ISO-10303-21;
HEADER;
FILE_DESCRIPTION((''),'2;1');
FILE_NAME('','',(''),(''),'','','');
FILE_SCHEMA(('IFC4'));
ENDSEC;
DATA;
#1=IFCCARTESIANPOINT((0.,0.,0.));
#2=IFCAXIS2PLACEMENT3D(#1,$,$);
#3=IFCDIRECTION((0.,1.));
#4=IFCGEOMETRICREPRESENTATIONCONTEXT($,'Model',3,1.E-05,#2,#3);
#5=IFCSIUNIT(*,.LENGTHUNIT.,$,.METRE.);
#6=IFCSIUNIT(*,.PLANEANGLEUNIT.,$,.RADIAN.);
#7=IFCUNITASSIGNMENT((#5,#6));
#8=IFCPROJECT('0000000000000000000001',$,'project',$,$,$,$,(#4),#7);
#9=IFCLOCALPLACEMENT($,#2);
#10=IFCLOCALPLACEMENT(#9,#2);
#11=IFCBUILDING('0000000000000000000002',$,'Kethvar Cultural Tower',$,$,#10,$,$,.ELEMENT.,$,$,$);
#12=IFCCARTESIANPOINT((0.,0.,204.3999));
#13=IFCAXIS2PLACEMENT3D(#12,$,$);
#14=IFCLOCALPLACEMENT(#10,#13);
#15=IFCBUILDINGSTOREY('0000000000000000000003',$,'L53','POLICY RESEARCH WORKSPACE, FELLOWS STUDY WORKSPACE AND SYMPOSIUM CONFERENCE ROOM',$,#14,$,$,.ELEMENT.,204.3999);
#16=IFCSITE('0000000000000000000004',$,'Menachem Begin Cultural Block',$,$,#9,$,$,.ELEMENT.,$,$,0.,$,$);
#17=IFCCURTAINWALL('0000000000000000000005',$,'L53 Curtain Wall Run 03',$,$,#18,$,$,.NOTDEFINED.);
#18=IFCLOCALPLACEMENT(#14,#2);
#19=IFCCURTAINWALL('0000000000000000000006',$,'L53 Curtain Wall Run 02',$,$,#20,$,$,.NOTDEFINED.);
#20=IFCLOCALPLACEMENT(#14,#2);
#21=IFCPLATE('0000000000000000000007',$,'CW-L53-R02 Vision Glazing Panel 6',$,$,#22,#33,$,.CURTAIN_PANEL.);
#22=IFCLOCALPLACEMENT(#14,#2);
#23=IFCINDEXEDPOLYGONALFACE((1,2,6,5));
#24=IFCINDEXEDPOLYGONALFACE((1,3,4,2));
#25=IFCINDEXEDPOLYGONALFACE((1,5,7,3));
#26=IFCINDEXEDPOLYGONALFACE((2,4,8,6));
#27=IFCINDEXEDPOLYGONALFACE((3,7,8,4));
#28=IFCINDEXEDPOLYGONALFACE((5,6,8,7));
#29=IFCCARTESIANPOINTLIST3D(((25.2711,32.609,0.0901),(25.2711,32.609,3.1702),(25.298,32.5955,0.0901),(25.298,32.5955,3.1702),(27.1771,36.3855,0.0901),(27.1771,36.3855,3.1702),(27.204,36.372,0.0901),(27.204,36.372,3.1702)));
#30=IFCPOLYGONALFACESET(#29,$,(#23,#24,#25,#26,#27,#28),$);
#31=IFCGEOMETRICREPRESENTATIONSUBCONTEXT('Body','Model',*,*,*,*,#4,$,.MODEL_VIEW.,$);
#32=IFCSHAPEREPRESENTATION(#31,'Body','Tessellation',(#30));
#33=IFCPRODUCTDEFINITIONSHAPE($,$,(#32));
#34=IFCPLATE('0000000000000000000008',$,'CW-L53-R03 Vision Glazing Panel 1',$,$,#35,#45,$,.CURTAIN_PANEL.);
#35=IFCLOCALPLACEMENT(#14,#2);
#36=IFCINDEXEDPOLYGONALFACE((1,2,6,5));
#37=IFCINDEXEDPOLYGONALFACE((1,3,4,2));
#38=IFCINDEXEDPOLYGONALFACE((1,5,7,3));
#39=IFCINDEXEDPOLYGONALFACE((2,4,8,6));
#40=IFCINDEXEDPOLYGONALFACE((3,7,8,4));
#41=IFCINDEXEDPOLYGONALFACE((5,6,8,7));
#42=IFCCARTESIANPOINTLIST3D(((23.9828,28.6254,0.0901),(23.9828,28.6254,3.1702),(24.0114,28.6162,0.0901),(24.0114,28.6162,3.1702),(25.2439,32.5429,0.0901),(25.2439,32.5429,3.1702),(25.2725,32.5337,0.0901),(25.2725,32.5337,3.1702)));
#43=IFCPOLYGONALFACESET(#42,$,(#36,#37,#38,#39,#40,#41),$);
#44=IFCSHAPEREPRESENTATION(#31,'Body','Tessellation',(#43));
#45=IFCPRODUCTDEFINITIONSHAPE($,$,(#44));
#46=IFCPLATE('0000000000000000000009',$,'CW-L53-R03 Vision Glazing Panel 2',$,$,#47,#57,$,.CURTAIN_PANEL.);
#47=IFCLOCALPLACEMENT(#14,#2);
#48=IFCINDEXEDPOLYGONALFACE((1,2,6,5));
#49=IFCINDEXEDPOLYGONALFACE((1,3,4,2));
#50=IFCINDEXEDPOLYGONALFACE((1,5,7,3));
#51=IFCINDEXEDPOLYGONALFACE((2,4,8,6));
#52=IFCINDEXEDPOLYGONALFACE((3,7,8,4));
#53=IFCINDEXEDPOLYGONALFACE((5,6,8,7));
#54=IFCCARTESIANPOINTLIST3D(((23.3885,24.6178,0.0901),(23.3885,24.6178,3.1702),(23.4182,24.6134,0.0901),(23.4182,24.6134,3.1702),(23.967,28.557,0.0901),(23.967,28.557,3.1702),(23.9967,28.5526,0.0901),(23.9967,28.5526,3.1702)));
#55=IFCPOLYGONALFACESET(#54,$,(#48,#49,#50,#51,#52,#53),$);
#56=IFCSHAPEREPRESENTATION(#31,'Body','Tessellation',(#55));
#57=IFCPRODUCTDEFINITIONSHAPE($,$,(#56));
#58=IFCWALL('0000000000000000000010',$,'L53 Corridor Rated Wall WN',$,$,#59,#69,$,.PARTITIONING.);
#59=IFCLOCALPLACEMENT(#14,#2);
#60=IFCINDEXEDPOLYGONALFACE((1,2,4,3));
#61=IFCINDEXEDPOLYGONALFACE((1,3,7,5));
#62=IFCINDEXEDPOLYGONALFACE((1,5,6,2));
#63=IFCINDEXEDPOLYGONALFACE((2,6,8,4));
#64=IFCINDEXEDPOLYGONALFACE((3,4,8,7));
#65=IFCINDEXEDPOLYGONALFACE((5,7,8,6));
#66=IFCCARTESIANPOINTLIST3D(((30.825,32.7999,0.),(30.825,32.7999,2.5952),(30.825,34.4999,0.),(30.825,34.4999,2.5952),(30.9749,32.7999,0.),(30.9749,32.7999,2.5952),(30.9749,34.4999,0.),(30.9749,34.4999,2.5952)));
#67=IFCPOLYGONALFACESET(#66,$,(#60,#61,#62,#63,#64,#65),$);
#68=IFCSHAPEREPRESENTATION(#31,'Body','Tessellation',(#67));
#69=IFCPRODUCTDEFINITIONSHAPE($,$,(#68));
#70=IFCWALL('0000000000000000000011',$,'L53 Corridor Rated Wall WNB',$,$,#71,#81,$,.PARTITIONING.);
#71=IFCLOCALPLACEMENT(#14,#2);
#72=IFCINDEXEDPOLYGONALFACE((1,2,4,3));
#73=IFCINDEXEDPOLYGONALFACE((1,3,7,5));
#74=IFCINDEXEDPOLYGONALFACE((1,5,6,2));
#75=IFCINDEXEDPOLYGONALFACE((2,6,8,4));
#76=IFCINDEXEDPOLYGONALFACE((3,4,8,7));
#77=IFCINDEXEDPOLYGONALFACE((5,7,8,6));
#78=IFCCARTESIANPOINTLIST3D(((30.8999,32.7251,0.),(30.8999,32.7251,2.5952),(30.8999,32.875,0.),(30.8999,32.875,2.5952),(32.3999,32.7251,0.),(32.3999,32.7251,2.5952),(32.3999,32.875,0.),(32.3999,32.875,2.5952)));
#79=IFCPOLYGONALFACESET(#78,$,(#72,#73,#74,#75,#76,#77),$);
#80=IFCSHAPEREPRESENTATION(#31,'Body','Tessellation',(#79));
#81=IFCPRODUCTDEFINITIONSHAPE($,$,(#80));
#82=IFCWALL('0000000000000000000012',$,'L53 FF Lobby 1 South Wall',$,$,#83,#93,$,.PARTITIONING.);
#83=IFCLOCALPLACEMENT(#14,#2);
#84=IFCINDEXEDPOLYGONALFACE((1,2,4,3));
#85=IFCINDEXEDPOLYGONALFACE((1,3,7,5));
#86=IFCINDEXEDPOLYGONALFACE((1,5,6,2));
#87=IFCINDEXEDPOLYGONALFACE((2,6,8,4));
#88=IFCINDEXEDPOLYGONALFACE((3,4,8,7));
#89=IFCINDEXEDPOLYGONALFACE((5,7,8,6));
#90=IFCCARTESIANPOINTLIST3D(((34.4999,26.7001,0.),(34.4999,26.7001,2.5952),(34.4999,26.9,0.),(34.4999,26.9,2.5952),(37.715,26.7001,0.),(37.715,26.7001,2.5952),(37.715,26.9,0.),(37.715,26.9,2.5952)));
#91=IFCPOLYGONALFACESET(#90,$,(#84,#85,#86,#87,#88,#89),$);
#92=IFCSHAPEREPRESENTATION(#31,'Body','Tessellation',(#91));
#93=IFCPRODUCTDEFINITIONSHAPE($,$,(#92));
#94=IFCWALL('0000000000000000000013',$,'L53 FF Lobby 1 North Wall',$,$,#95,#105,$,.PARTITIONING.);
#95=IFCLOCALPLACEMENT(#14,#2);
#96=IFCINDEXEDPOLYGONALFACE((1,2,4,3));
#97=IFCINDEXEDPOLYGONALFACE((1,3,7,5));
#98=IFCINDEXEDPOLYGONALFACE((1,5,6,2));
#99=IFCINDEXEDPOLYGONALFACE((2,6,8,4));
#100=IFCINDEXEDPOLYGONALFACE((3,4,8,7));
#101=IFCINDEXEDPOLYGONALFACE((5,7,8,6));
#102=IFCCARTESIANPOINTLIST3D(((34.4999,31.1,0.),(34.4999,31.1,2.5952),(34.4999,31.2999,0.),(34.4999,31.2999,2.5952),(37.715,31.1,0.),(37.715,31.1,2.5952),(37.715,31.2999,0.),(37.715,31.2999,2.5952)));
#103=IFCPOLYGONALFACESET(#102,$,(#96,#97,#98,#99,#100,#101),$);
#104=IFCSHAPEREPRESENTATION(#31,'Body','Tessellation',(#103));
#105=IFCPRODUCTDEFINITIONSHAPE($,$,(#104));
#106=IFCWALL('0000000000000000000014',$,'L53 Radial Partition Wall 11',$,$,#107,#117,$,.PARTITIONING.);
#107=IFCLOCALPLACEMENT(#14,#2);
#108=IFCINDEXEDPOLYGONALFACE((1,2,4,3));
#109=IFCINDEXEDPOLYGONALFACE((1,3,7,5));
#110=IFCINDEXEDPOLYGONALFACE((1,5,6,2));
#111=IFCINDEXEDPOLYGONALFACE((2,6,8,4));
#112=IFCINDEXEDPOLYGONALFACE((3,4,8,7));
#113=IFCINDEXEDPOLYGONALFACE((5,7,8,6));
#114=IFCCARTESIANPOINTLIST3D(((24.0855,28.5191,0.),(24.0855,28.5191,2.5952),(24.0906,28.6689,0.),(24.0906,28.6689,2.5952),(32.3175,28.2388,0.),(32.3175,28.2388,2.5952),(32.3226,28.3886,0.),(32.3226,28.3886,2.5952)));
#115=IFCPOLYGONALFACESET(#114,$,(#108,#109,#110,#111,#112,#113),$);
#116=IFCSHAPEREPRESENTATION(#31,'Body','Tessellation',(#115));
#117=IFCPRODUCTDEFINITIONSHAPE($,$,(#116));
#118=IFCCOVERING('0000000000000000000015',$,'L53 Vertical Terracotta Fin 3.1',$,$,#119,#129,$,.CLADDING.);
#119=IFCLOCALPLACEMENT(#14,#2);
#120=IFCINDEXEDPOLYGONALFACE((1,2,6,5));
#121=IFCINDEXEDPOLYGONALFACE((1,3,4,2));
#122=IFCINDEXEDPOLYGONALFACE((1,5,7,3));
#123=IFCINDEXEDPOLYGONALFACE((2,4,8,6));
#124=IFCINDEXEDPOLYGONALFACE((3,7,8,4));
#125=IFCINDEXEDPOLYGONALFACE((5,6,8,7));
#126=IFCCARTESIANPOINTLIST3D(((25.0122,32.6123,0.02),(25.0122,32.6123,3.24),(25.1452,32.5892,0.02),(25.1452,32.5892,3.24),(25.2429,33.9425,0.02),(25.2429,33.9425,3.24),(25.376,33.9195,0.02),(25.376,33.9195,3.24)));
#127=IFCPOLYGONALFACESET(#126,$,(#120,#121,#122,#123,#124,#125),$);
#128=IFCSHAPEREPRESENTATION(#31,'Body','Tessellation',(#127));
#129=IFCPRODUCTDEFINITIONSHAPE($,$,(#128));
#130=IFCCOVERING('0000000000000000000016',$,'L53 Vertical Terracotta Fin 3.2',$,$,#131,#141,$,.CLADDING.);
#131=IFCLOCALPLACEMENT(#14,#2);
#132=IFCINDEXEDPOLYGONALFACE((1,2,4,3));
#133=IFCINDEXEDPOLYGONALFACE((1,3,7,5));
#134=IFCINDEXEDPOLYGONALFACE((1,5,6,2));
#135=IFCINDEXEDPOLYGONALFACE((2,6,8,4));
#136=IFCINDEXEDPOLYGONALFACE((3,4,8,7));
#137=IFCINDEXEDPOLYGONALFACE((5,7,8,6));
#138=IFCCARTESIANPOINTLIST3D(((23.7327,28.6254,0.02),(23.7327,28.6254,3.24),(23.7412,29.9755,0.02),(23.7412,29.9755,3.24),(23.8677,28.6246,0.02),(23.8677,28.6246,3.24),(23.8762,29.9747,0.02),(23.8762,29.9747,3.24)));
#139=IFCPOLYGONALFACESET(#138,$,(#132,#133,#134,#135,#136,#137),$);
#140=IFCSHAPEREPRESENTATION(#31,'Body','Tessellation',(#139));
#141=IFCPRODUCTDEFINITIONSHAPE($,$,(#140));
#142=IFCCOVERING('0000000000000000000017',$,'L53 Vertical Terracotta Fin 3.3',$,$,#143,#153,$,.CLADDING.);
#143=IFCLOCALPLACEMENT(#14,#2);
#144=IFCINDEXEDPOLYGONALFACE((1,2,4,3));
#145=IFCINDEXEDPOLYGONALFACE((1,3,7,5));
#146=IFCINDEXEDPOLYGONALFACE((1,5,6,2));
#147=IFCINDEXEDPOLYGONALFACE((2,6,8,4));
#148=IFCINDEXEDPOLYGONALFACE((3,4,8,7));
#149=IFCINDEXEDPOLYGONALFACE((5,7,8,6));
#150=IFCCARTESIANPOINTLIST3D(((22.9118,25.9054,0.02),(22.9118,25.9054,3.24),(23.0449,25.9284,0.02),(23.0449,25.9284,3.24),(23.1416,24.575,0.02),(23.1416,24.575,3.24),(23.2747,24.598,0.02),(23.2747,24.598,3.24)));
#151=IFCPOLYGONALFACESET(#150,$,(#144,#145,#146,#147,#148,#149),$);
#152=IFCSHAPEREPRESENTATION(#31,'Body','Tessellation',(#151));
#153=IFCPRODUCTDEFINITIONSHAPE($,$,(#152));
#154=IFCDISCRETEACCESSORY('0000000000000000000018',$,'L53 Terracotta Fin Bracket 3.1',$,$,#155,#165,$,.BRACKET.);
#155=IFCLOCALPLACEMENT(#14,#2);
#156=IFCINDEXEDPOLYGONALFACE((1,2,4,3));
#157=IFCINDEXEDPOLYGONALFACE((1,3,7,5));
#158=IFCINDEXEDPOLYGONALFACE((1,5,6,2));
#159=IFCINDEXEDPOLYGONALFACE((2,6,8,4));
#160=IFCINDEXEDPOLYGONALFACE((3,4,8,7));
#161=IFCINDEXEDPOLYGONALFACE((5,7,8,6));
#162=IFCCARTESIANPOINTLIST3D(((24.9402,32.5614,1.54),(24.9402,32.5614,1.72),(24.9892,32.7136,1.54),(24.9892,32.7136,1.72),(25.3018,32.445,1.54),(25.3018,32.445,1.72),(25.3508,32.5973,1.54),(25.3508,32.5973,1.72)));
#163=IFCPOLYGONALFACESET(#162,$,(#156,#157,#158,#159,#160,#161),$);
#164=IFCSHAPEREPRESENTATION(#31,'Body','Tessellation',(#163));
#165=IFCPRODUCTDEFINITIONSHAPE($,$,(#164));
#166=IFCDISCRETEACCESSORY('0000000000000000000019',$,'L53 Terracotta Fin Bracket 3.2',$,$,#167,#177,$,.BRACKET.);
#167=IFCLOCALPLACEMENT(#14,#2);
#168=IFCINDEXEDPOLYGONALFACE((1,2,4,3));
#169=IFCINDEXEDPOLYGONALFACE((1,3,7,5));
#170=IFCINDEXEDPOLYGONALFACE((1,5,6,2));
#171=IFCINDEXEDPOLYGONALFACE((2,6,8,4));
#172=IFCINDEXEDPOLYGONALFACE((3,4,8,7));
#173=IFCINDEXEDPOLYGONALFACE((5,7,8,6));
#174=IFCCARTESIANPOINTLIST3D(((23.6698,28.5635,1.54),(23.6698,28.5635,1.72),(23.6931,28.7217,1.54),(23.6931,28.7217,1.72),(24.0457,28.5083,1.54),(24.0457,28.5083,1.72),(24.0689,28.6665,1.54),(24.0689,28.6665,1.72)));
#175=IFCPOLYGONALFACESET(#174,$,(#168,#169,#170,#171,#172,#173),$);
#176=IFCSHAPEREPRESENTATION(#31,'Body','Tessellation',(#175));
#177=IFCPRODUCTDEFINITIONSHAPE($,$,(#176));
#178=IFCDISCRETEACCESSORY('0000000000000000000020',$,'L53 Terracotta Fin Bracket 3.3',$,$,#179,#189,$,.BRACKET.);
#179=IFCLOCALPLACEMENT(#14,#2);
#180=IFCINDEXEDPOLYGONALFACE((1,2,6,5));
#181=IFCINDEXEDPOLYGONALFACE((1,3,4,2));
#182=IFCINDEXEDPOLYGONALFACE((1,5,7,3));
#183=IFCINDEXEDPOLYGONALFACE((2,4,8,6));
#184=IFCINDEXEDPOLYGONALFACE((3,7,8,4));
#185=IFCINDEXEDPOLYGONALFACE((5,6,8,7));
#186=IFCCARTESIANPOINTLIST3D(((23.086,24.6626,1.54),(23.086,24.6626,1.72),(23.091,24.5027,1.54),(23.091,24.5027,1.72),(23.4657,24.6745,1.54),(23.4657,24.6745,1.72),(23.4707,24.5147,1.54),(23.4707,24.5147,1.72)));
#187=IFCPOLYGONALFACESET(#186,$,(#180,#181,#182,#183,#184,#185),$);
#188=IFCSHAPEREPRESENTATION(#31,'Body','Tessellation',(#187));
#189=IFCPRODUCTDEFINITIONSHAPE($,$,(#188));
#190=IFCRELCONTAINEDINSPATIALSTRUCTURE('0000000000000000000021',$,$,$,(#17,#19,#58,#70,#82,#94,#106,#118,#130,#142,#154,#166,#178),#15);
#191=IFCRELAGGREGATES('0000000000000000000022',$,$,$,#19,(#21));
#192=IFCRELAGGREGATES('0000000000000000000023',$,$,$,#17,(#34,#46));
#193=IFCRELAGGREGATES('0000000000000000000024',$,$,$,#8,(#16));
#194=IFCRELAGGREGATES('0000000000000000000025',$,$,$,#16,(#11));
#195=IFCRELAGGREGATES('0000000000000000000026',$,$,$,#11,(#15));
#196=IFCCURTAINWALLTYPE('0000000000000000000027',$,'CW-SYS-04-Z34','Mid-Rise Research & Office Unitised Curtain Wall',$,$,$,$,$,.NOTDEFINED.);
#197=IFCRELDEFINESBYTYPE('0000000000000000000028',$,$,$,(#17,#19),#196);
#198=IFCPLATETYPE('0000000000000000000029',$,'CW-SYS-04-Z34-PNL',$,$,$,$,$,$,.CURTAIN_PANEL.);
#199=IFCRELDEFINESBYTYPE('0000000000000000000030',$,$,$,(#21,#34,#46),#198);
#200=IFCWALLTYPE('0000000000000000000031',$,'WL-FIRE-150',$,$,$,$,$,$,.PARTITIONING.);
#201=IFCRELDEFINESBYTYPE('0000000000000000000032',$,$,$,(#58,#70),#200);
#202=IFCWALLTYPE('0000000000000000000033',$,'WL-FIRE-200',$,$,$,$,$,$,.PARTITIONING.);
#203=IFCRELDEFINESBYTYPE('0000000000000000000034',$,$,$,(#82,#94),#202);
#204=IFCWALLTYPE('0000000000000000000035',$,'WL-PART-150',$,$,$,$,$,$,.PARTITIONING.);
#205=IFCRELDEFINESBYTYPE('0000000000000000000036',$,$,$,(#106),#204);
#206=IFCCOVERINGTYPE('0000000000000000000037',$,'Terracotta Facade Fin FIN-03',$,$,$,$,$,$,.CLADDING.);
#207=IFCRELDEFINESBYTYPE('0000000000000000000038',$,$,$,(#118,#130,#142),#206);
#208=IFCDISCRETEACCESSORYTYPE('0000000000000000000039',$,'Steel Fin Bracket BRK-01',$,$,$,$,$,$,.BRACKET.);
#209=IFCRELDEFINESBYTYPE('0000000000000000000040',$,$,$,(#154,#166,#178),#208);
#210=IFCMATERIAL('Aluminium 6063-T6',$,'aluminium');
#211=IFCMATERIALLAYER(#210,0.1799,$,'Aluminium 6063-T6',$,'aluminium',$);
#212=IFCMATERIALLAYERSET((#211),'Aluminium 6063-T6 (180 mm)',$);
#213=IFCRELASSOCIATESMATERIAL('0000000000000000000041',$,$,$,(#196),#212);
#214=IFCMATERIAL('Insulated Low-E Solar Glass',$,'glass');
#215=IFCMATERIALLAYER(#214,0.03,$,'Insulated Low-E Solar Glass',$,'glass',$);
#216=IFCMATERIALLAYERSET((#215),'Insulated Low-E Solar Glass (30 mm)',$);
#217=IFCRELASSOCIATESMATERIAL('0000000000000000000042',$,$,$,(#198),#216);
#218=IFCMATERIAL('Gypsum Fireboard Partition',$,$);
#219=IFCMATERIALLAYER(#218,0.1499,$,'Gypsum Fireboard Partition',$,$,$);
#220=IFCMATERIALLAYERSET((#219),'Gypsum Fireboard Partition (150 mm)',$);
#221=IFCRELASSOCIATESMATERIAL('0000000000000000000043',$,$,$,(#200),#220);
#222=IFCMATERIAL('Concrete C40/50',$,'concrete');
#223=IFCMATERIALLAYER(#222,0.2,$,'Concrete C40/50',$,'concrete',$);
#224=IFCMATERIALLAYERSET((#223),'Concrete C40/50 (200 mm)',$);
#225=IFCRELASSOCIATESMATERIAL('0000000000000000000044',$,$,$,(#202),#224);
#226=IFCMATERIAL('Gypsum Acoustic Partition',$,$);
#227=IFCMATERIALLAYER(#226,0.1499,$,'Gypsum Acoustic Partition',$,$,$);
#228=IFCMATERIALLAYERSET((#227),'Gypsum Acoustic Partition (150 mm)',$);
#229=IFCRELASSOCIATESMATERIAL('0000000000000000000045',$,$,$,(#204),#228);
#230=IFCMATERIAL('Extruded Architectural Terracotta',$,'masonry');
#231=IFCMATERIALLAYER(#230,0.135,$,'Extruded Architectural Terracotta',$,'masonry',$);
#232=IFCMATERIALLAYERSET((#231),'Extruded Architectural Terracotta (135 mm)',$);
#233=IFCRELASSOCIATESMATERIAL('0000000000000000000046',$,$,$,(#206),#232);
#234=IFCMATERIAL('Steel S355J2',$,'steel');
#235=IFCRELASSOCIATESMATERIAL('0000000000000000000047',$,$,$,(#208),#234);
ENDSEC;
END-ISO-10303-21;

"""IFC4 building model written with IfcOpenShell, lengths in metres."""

from ifc_helpers import new_model, si_unit, direction, frame, frame_2d, origin, origin_2d, place, context, subcontext, project, spatial, rectangle, extrude, source, transform, mapped, material, layer, layer_set, type_object, element, aggregate, save


model = new_model("IFC4")

# Units and contexts
model_context = context("Model", 3, precision=1e-05, world=origin(), true_north=direction((0.0, 1.0)))
body_context = subcontext(model_context, "Body", "Model", "MODEL_VIEW")
ifc_project = project(units=[si_unit("LENGTHUNIT", "METRE"), si_unit("PLANEANGLEUNIT", "RADIAN")], contexts=[model_context])

# Site, building, storey
site_placement = place(None, origin())
site = spatial("IfcSite", under=ifc_project, at=site_placement, Name="Menachem Begin Cultural Block", CompositionType="ELEMENT", RefElevation=0.0)
building_placement = place(site_placement, origin())
building = spatial("IfcBuilding", under=site, at=building_placement, Name="Kethvar Cultural Tower", CompositionType="ELEMENT")
storey_placement = place(building_placement, frame((0.0, 0.0, 204.3999)))
storey = spatial("IfcBuildingStorey", under=building, at=storey_placement, Name="L53", Description="POLICY RESEARCH WORKSPACE, FELLOWS STUDY WORKSPACE AND SYMPOSIUM CONFERENCE ROOM", CompositionType="ELEMENT", Elevation=204.3999)

# Shared definitions
ifc_material_1 = material(Name="Steel S355J2", Category="steel")

# Curtain walls
ifc_material_2 = material(Name="Aluminium 6063-T6", Category="aluminium")
ifc_layer_1 = layer(ifc_material_2, 0.1799, Name="Aluminium 6063-T6", Category="aluminium")
ifc_layer_set_1 = layer_set([ifc_layer_1], Name="Aluminium 6063-T6 (180 mm)")
curtain_wall_type = type_object("IfcCurtainWallType", Name="CW-SYS-04-Z34", Description="Mid-Rise Research & Office Unitised Curtain Wall", PredefinedType="NOTDEFINED", material=ifc_layer_set_1)
curtain_wall_1_placement = place(storey_placement, origin())
curtain_wall_1 = element("IfcCurtainWall", 1, at=curtain_wall_1_placement, inside=storey, type_object=curtain_wall_type, Name="L53 Curtain Wall Run 03", PredefinedType="NOTDEFINED")
curtain_wall_2_placement = place(storey_placement, origin())
curtain_wall_2 = element("IfcCurtainWall", 2, at=curtain_wall_2_placement, inside=storey, type_object=curtain_wall_type, Name="L53 Curtain Wall Run 02", PredefinedType="NOTDEFINED")

# Plates
ifc_material_3 = material(Name="Insulated Low-E Solar Glass", Category="glass")
ifc_layer_2 = layer(ifc_material_3, 0.03, Name="Insulated Low-E Solar Glass", Category="glass")
ifc_layer_set_2 = layer_set([ifc_layer_2], Name="Insulated Low-E Solar Glass (30 mm)")
plate_type = type_object("IfcPlateType", Name="CW-SYS-04-Z34-PNL", PredefinedType="CURTAIN_PANEL", material=ifc_layer_set_2)
shared_shape_1 = source(origin(), body_context, "Body", "SweptSolid", [
    extrude(rectangle(XDim=4.2302, YDim=0.03, at=origin_2d()), origin(), (0.0, 0.0, 1.0), 3.0801),
])
plate_1_placement = place(storey_placement, frame((26.2375, 34.4905, 0.0901), z_axis=(0.0, 0.0, 1.0), x_axis=(-0.450566, -0.892743, 0.0)))
plate_1 = element("IfcPlate", 3, at=plate_1_placement, type_object=plate_type, Name="CW-L53-R02 Vision Glazing Panel 6", PredefinedType="CURTAIN_PANEL", context=body_context, shape_type="MappedRepresentation", body=[
    mapped(shared_shape_1, transform((0.0, 0.0, 0.0), scale=1.0)),
])
aggregate(curtain_wall_2, [plate_1])
shared_shape_2 = source(origin(), body_context, "Body", "SweptSolid", [
    extrude(rectangle(XDim=4.1155, YDim=0.03, at=origin_2d()), origin(), (0.0, 0.0, 1.0), 3.0801),
])
plate_2_placement = place(storey_placement, frame((24.6277, 30.5796, 0.0901), z_axis=(0.0, 0.0, 1.0), x_axis=(-0.306426, -0.951894, 0.0)))
plate_2 = element("IfcPlate", 4, at=plate_2_placement, type_object=plate_type, Name="CW-L53-R03 Vision Glazing Panel 1", PredefinedType="CURTAIN_PANEL", context=body_context, shape_type="MappedRepresentation", body=[
    mapped(shared_shape_2, transform((0.0, 0.0, 0.0), scale=1.0)),
])
shared_shape_3 = source(origin(), body_context, "Body", "SweptSolid", [
    extrude(rectangle(XDim=3.9814, YDim=0.03, at=origin_2d()), origin(), (0.0, 0.0, 1.0), 3.0801),
])
plate_3_placement = place(storey_placement, frame((23.6926, 26.5852, 0.0901), z_axis=(0.0, 0.0, 1.0), x_axis=(-0.145306, -0.989387, 0.0)))
plate_3 = element("IfcPlate", 5, at=plate_3_placement, type_object=plate_type, Name="CW-L53-R03 Vision Glazing Panel 2", PredefinedType="CURTAIN_PANEL", context=body_context, shape_type="MappedRepresentation", body=[
    mapped(shared_shape_3, transform((0.0, 0.0, 0.0), scale=1.0)),
])
aggregate(curtain_wall_1, [plate_2, plate_3])

# Walls
ifc_material_4 = material(Name="Gypsum Fireboard Partition")
ifc_layer_3 = layer(ifc_material_4, 0.1499, Name="Gypsum Fireboard Partition")
ifc_layer_set_3 = layer_set([ifc_layer_3], Name="Gypsum Fireboard Partition (150 mm)")
wall_type_1 = type_object("IfcWallType", Name="WL-FIRE-150", PredefinedType="PARTITIONING", material=ifc_layer_set_3)
wall_1_placement = place(storey_placement, frame((30.8999, 34.5, 0.0), z_axis=(0.0, 0.0, 1.0), x_axis=(0.0, -1.0, 0.0)))
element("IfcWall", 6, at=wall_1_placement, inside=storey, type_object=wall_type_1, Name="L53 Corridor Rated Wall WN", PredefinedType="PARTITIONING", context=body_context, shape_type="SweptSolid", body=[
    extrude(rectangle(XDim=1.7, YDim=0.1499, at=frame_2d((0.8501, 0.0))), origin(), (0.0, 0.0, 1.0), 2.5952),
])
wall_2_placement = place(storey_placement, frame((30.8999, 32.8, 0.0), z_axis=(0.0, 0.0, 1.0), x_axis=(1.0, 0.0, 0.0)))
element("IfcWall", 7, at=wall_2_placement, inside=storey, type_object=wall_type_1, Name="L53 Corridor Rated Wall WNB", PredefinedType="PARTITIONING", context=body_context, shape_type="SweptSolid", body=[
    extrude(rectangle(XDim=1.5, YDim=0.1499, at=frame_2d((0.75, 0.0))), origin(), (0.0, 0.0, 1.0), 2.5952),
])

# Shared definitions
ifc_material_5 = material(Name="Concrete C40/50", Category="concrete")
ifc_layer_4 = layer(ifc_material_5, 0.2, Name="Concrete C40/50", Category="concrete")
ifc_layer_set_4 = layer_set([ifc_layer_4], Name="Concrete C40/50 (200 mm)")
wall_type_2 = type_object("IfcWallType", Name="WL-FIRE-200", PredefinedType="PARTITIONING", material=ifc_layer_set_4)

# Walls
for number, where, z_axis, x_axis, name in (
    (8, (34.5, 26.8, 0.0), (0.0, 0.0, 1.0), (1.0, 0.0, 0.0), "L53 FF Lobby 1 South Wall"),
    (9, (34.5, 31.2, 0.0), (0.0, 0.0, 1.0), (1.0, 0.0, 0.0), "L53 FF Lobby 1 North Wall"),
):
    element("IfcWall", number, at=place(storey_placement, frame(where, z_axis=z_axis, x_axis=x_axis)), inside=storey, type_object=wall_type_2, Name=name, PredefinedType="PARTITIONING", context=body_context, shape_type="SweptSolid", body=[
        extrude(rectangle(XDim=3.2151, YDim=0.2, at=frame_2d((1.6074, 0.0))), origin(), (0.0, 0.0, 1.0), 2.5952),
    ])
ifc_material_6 = material(Name="Gypsum Acoustic Partition")
ifc_layer_5 = layer(ifc_material_6, 0.1499, Name="Gypsum Acoustic Partition")
ifc_layer_set_5 = layer_set([ifc_layer_5], Name="Gypsum Acoustic Partition (150 mm)")
wall_type_3 = type_object("IfcWallType", Name="WL-PART-150", PredefinedType="PARTITIONING", material=ifc_layer_set_5)
wall_3_placement = place(storey_placement, frame((32.3201, 28.3137, 0.0), z_axis=(0.0, 0.0, 1.0), x_axis=(-0.999421, 0.034027, 0.0)))
element("IfcWall", 10, at=wall_3_placement, inside=storey, type_object=wall_type_3, Name="L53 Radial Partition Wall 11", PredefinedType="PARTITIONING", context=body_context, shape_type="SweptSolid", body=[
    extrude(rectangle(XDim=8.2368, YDim=0.1499, at=frame_2d((4.1184, 0.0))), origin(), (0.0, 0.0, 1.0), 2.5952),
])

# Coverings
ifc_material_7 = material(Name="Extruded Architectural Terracotta", Category="masonry")
ifc_layer_6 = layer(ifc_material_7, 0.135, Name="Extruded Architectural Terracotta", Category="masonry")
ifc_layer_set_6 = layer_set([ifc_layer_6], Name="Extruded Architectural Terracotta (135 mm)")
covering_type = type_object("IfcCoveringType", Name="Terracotta Facade Fin FIN-03", PredefinedType="CLADDING", material=ifc_layer_set_6)
shared_shape_4 = source(origin(), body_context, "Body", "SweptSolid", [
    extrude(rectangle(XDim=1.3501, YDim=0.135, at=origin_2d()), origin(), (0.0, 0.0, 1.0), 3.22),
])
for number, where, z_axis, x_axis, name in (
    (11, (25.1941, 33.2659, 0.02), (0.0, 0.0, 1.0), (0.170897, 0.985289, 0.0), "L53 Vertical Terracotta Fin 3.1"),
    (12, (23.8044, 29.3, 0.02), (0.0, 0.0, 1.0), (0.006283, 0.99998, 0.0), "L53 Vertical Terracotta Fin 3.2"),
    (13, (23.0933, 25.2517, 0.02), (0.0, 0.0, 1.0), (-0.170209, 0.985408, 0.0), "L53 Vertical Terracotta Fin 3.3"),
):
    element("IfcCovering", number, at=place(storey_placement, frame(where, z_axis=z_axis, x_axis=x_axis)), inside=storey, type_object=covering_type, Name=name, PredefinedType="CLADDING", context=body_context, shape_type="MappedRepresentation", body=[
        mapped(shared_shape_4, transform((0.0, 0.0, 0.0), scale=1.0)),
    ])

# Discrete accessories
discrete_accessory_type = type_object("IfcDiscreteAccessoryType", Name="Steel Fin Bracket BRK-01", PredefinedType="BRACKET", material=ifc_material_1)
shared_shape_5 = source(origin(), body_context, "Body", "SweptSolid", [
    extrude(rectangle(XDim=0.3799, YDim=0.1599, at=origin_2d()), origin(), (0.0, 0.0, 1.0), 0.1799),
])
for number, where, z_axis, x_axis, name in (
    (14, (25.1455, 32.5793, 1.54), (0.0, 0.0, 1.0), (-0.951916, 0.30636, 0.0), "L53 Terracotta Fin Bracket 3.1"),
    (15, (23.8694, 28.615, 1.54), (0.0, 0.0, 1.0), (-0.989374, 0.145392, 0.0), "L53 Terracotta Fin Bracket 3.2"),
    (16, (23.2783, 24.5886, 1.54), (0.0, 0.0, 1.0), (-0.999507, -0.031411, 0.0), "L53 Terracotta Fin Bracket 3.3"),
):
    element("IfcDiscreteAccessory", number, at=place(storey_placement, frame(where, z_axis=z_axis, x_axis=x_axis)), inside=storey, type_object=discrete_accessory_type, Name=name, PredefinedType="BRACKET", context=body_context, shape_type="MappedRepresentation", body=[
        mapped(shared_shape_5, transform((0.0, 0.0, 0.0), scale=1.0)),
    ])

save(model, "model.ifc")
